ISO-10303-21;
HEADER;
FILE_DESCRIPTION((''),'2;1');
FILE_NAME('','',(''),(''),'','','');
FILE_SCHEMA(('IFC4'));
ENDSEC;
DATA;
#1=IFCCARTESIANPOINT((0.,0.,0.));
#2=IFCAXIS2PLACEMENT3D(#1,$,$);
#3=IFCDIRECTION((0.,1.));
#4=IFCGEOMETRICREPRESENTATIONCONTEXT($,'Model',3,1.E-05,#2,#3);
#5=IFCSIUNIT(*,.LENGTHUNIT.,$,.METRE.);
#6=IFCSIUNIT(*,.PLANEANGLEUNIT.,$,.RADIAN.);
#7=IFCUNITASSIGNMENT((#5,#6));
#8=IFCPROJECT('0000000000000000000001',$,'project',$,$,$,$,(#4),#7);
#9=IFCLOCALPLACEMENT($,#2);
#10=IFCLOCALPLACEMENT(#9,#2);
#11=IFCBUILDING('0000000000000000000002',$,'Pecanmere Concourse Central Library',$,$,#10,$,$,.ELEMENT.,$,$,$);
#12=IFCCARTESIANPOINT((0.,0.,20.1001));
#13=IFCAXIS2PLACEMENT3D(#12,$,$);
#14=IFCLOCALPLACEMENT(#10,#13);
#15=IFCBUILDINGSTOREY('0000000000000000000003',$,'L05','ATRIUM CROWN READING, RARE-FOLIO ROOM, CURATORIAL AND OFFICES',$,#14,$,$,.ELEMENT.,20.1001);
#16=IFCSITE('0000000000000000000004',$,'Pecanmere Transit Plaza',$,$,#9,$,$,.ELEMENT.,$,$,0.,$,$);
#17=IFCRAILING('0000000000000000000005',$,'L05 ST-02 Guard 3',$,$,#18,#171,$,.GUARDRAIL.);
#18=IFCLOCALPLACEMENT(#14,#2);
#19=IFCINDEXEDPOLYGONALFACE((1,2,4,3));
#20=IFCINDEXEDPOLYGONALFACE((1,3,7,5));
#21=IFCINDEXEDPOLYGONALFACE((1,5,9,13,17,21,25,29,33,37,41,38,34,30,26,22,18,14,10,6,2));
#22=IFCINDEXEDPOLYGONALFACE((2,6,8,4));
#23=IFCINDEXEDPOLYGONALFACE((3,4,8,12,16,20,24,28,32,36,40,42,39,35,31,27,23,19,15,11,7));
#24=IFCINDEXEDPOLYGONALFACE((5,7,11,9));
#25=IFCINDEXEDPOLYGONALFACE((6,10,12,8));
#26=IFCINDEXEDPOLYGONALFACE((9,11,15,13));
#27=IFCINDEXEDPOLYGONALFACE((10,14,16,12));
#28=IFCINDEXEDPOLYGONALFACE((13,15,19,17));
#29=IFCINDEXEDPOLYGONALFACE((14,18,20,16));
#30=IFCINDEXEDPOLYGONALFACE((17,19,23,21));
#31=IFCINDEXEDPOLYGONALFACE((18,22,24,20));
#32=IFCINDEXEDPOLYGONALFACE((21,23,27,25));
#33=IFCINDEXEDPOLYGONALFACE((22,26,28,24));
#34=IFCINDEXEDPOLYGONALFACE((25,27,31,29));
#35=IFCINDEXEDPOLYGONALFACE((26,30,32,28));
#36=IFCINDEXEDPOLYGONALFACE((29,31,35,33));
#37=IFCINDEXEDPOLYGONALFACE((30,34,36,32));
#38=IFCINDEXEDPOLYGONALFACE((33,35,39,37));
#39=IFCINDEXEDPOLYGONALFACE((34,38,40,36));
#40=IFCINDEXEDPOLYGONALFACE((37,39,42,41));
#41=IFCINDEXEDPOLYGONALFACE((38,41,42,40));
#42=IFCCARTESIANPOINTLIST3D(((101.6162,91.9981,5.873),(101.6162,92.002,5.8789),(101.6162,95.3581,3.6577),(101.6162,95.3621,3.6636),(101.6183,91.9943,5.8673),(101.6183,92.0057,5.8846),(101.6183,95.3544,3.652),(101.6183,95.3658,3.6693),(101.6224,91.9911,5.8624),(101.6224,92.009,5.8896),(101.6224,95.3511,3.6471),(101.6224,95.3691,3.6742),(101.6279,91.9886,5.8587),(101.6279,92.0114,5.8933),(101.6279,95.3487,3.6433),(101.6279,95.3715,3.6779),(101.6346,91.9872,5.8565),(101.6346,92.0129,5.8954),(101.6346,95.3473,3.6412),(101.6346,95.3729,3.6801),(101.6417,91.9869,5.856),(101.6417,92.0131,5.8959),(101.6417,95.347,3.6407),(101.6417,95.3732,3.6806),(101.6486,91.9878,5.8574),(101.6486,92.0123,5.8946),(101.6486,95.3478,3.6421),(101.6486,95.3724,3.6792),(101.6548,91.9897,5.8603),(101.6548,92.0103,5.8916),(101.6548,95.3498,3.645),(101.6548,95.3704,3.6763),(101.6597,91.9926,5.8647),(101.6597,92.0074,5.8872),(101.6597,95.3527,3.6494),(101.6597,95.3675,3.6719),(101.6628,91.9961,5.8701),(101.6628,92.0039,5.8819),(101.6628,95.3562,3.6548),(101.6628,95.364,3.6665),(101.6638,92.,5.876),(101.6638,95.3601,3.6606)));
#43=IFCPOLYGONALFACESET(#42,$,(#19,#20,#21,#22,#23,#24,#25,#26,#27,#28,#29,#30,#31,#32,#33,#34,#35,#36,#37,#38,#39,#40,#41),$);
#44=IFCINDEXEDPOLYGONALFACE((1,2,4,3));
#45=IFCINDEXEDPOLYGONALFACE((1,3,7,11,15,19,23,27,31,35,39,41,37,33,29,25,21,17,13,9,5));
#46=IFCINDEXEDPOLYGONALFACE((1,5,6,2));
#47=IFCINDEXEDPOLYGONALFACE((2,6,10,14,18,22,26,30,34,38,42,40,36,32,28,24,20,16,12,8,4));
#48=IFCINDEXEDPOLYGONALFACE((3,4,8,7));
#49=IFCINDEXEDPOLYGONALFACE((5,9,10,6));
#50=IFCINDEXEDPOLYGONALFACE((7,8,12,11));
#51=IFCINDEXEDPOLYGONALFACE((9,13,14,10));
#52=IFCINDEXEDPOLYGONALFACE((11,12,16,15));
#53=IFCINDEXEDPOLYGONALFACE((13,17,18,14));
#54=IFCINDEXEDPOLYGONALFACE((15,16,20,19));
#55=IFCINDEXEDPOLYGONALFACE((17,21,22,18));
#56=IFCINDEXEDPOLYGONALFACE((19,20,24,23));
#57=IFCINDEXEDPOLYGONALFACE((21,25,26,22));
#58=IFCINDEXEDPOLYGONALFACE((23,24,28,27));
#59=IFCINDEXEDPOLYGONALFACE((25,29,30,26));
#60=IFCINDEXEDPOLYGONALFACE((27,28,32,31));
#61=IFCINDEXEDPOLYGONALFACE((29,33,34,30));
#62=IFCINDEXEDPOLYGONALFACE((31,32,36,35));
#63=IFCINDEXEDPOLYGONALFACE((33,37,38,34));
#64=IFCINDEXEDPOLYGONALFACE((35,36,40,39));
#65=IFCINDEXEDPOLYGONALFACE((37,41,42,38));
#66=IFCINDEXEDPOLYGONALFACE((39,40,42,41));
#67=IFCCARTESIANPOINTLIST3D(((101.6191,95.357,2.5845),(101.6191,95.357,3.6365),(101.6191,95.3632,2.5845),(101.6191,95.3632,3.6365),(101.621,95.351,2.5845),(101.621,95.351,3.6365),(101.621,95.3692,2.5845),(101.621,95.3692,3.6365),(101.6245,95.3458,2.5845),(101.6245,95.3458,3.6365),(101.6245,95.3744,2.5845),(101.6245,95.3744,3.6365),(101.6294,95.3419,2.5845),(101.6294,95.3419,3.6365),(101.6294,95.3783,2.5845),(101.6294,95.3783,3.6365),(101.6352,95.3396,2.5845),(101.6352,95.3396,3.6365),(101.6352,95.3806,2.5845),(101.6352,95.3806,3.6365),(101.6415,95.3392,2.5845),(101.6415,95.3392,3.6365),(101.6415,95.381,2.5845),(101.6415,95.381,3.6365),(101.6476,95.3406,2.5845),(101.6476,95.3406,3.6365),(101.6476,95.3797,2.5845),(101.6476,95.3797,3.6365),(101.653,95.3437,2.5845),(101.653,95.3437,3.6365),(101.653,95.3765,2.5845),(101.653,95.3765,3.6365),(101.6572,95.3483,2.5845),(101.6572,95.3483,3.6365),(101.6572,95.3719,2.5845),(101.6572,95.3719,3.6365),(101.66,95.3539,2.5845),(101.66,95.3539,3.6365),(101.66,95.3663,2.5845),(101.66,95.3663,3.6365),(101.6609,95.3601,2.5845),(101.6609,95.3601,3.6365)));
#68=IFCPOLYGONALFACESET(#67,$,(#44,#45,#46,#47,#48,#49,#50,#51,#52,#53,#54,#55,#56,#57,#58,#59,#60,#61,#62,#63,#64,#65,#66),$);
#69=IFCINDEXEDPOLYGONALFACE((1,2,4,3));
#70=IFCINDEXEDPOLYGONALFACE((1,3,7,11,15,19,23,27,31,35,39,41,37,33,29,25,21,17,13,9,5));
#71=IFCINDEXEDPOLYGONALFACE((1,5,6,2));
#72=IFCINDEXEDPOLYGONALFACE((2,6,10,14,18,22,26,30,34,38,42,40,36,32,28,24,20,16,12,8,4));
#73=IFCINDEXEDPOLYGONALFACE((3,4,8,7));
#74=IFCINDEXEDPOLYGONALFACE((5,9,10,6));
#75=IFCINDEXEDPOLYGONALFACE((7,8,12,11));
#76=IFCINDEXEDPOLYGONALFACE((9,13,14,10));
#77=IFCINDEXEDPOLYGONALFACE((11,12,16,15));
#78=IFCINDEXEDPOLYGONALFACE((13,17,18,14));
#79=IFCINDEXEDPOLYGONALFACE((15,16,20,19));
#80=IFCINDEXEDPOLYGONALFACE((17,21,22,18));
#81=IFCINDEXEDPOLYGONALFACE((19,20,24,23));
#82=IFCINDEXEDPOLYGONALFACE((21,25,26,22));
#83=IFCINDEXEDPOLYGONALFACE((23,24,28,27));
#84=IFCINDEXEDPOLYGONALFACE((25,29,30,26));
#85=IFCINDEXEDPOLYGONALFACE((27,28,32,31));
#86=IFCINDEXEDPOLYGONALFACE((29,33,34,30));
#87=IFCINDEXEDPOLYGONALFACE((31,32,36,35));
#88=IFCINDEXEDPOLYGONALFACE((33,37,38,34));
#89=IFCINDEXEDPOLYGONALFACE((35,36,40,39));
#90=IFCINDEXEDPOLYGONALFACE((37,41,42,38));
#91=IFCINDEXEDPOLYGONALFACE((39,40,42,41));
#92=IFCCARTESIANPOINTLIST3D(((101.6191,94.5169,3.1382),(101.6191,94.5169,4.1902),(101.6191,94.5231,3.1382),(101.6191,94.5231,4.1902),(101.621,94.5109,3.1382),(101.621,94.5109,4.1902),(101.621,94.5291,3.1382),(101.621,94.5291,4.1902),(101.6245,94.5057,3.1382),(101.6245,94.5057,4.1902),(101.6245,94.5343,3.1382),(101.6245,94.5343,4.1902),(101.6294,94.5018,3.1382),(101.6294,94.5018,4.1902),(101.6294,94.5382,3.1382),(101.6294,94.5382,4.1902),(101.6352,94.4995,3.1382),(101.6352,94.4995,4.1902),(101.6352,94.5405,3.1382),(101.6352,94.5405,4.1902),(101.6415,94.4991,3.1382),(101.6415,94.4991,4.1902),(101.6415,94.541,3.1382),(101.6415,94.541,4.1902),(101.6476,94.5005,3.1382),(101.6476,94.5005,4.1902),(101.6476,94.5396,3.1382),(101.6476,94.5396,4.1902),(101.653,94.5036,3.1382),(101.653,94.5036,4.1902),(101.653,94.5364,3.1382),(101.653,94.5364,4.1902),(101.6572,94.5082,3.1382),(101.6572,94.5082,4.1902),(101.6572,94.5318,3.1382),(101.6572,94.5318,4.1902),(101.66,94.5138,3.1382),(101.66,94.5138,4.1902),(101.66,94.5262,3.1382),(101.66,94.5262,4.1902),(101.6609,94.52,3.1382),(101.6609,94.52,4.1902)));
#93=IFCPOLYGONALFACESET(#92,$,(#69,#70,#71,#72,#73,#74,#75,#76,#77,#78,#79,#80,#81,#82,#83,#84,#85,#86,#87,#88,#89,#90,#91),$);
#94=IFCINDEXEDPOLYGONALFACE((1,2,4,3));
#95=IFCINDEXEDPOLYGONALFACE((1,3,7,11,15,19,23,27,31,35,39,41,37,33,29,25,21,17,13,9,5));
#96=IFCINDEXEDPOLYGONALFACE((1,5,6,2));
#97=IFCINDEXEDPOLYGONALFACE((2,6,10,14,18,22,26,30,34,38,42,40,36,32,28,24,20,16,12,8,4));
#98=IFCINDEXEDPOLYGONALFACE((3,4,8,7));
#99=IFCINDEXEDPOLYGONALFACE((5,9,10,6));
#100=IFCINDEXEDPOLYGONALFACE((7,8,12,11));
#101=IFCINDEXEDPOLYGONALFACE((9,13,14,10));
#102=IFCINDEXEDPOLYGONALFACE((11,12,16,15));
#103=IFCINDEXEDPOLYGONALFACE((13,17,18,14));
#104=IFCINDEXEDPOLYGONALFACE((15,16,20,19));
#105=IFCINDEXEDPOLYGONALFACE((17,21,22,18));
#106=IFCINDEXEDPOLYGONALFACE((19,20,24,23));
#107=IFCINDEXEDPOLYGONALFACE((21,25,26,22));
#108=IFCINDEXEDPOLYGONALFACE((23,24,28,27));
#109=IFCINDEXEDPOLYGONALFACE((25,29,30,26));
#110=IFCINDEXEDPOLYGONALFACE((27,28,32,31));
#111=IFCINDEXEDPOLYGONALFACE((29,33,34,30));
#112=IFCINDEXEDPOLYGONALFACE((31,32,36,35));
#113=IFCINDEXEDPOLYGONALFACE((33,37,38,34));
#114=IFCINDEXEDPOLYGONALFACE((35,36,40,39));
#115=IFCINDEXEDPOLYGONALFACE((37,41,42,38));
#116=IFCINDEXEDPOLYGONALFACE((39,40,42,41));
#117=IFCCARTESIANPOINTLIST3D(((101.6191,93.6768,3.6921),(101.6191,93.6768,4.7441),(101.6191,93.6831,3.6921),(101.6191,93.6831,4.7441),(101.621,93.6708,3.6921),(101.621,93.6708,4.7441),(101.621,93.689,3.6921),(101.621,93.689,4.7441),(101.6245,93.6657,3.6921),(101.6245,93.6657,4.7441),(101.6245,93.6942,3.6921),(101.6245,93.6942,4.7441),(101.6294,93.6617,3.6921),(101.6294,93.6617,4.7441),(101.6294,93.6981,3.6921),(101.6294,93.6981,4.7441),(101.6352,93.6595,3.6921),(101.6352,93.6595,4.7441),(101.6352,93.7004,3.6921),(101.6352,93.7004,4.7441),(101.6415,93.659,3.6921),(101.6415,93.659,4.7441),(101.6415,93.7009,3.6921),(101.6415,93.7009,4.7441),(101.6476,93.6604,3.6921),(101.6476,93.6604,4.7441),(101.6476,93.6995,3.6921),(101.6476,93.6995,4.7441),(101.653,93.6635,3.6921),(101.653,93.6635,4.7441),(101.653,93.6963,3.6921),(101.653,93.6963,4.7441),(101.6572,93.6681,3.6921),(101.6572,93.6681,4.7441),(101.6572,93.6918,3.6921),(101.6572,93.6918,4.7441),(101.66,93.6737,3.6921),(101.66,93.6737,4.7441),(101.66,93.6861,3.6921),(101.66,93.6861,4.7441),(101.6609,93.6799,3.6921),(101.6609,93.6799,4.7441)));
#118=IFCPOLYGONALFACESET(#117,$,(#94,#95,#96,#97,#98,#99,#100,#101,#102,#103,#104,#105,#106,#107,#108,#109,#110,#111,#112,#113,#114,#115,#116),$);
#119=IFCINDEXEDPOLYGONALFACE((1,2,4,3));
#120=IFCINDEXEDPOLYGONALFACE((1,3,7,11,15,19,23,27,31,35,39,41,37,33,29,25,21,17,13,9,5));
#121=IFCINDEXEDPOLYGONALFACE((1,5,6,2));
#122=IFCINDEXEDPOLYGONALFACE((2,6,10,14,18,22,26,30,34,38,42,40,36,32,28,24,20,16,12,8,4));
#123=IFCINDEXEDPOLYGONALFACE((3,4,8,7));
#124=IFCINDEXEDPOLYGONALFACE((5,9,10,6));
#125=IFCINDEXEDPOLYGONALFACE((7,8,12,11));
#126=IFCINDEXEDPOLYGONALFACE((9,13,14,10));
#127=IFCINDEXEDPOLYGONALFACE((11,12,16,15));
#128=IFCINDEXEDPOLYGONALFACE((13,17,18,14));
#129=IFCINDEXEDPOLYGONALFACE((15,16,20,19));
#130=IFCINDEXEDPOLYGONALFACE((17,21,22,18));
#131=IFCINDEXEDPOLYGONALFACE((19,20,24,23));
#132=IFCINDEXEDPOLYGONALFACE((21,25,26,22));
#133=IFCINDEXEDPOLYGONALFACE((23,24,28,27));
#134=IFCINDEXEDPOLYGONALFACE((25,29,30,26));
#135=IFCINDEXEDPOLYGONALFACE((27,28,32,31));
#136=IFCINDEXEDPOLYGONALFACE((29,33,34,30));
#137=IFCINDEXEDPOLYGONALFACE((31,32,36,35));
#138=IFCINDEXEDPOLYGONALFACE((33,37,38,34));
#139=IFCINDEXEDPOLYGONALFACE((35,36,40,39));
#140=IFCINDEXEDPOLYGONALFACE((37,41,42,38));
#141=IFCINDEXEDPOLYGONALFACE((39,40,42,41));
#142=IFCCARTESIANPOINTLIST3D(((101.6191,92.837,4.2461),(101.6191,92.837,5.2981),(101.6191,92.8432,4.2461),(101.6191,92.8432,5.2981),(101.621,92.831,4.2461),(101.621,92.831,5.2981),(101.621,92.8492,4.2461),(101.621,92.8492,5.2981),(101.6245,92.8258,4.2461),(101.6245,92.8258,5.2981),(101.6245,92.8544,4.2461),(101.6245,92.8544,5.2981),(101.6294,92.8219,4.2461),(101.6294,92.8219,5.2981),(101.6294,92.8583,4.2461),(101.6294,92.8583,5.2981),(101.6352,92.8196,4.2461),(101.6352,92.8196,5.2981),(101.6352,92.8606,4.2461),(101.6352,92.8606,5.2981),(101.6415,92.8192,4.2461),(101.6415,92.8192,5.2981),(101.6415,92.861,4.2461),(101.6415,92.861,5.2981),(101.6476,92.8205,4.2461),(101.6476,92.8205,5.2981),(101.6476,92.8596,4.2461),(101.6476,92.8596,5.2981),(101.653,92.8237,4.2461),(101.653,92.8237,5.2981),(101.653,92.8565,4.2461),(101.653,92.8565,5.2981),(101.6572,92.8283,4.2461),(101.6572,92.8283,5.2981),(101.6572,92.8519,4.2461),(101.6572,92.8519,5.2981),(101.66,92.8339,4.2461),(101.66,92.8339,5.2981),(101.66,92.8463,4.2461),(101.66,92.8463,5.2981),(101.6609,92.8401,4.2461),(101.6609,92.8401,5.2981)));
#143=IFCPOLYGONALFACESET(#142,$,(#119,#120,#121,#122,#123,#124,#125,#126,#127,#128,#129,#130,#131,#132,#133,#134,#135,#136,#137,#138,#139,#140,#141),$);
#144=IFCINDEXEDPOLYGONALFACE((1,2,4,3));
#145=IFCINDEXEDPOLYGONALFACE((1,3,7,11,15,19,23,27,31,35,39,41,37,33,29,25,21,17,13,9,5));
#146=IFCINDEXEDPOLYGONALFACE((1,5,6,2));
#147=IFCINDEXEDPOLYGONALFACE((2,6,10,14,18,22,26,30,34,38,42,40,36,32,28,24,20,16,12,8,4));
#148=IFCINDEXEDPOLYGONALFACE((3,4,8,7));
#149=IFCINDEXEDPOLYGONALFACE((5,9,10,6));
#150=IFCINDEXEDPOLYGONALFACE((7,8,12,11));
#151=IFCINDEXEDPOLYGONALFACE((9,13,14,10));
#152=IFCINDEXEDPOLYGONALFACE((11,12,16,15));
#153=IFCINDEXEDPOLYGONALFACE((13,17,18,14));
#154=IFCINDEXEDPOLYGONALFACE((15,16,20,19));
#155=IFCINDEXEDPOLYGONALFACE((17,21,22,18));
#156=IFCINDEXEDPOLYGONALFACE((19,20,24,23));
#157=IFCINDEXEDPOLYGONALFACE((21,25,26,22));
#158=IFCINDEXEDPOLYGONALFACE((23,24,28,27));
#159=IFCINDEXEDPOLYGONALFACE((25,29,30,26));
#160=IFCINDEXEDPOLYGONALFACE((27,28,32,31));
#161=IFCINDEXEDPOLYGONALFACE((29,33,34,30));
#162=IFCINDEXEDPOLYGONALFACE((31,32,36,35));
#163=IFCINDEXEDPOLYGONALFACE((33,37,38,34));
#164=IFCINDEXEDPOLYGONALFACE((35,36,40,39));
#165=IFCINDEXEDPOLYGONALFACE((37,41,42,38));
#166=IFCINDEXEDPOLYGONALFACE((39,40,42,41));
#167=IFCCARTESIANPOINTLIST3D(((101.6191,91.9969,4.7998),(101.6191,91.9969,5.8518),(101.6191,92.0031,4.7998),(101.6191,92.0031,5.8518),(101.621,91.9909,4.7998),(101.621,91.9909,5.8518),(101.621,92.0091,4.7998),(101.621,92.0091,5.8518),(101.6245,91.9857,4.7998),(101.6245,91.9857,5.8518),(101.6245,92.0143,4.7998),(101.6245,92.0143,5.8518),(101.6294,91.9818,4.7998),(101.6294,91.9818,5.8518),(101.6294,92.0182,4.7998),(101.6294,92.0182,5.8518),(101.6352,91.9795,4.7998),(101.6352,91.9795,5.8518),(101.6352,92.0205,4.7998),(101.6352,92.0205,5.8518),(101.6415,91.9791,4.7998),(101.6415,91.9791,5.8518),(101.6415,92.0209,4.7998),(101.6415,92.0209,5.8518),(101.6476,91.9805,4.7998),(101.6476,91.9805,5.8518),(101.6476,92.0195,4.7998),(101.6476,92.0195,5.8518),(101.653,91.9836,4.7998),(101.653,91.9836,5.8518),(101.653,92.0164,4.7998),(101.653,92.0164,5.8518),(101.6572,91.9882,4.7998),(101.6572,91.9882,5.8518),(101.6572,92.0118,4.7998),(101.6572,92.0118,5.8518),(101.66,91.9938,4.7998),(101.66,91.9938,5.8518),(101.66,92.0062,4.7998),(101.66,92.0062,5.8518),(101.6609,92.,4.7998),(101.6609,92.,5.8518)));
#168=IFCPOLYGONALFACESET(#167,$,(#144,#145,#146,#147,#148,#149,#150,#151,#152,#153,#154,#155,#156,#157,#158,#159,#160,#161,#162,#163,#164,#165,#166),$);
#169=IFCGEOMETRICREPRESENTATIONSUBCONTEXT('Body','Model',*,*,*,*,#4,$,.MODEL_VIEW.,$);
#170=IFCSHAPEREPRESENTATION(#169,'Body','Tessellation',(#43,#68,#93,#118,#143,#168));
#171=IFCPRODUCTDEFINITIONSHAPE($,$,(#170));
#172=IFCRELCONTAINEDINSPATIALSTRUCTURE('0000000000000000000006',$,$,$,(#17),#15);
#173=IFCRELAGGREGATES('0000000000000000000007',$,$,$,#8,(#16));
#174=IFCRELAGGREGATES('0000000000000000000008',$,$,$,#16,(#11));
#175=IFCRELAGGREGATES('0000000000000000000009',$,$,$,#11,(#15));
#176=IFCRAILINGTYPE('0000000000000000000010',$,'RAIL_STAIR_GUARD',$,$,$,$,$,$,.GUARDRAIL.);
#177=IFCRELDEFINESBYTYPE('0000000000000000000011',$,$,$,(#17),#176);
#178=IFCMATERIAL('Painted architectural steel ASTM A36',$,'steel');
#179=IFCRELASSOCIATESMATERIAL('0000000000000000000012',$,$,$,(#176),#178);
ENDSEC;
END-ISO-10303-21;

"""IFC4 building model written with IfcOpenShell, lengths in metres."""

from ifc_helpers import new_model, si_unit, direction, frame, origin, origin_2d, place, context, subcontext, project, spatial, circle, extrude, material, type_object, element, save


model = new_model("IFC4")

# Units and contexts
model_context = context("Model", 3, precision=1e-05, world=origin(), true_north=direction((0.0, 1.0)))
body_context = subcontext(model_context, "Body", "Model", "MODEL_VIEW")
ifc_project = project(units=[si_unit("LENGTHUNIT", "METRE"), si_unit("PLANEANGLEUNIT", "RADIAN")], contexts=[model_context])

# Site, building, storey
site_placement = place(None, origin())
site = spatial("IfcSite", under=ifc_project, at=site_placement, Name="Pecanmere Transit Plaza", CompositionType="ELEMENT", RefElevation=0.0)
building_placement = place(site_placement, origin())
building = spatial("IfcBuilding", under=site, at=building_placement, Name="Pecanmere Concourse Central Library", CompositionType="ELEMENT")
storey_placement = place(building_placement, frame((0.0, 0.0, 20.1001)))
storey = spatial("IfcBuildingStorey", under=building, at=storey_placement, Name="L05", Description="ATRIUM CROWN READING, RARE-FOLIO ROOM, CURATORIAL AND OFFICES", CompositionType="ELEMENT", Elevation=20.1001)

# Railing
ifc_material_1 = material(Name="Painted architectural steel ASTM A36", Category="steel")
railing_type_1 = type_object("IfcRailingType", Name="RAIL_STAIR_GUARD", PredefinedType="GUARDRAIL", material=ifc_material_1)
railing_1_placement = place(storey_placement, frame((101.6399, 95.3601, 2.5845)))
element("IfcRailing", 1, at=railing_1_placement, inside=storey, type_object=railing_type_1, Name="L05 ST-02 Guard 3", PredefinedType="GUARDRAIL", context=body_context, shape_type="SweptSolid", body=[
    extrude(circle(Radius=0.0239, at=origin_2d()), frame((0.0, 0.0, 1.0762), z_axis=(0.0, -0.834876, 0.550437), x_axis=(1.0, 0.0, 0.0)), (0.0, 0.0, 1.0), 4.0247),
    extrude(circle(Radius=0.021, at=origin_2d()), origin(), (0.0, 0.0, 1.0), 1.052),
    extrude(circle(Radius=0.021, at=origin_2d()), frame((0.0, -0.8401, 0.5537)), (0.0, 0.0, 1.0), 1.052),
    extrude(circle(Radius=0.021, at=origin_2d()), frame((0.0, -1.6802, 1.1077)), (0.0, 0.0, 1.0), 1.052),
    extrude(circle(Radius=0.021, at=origin_2d()), frame((0.0, -2.52, 1.6616)), (0.0, 0.0, 1.0), 1.052),
    extrude(circle(Radius=0.021, at=origin_2d()), frame((0.0, -3.3601, 2.2153)), (0.0, 0.0, 1.0), 1.052),
])

save(model, "model.ifc")
